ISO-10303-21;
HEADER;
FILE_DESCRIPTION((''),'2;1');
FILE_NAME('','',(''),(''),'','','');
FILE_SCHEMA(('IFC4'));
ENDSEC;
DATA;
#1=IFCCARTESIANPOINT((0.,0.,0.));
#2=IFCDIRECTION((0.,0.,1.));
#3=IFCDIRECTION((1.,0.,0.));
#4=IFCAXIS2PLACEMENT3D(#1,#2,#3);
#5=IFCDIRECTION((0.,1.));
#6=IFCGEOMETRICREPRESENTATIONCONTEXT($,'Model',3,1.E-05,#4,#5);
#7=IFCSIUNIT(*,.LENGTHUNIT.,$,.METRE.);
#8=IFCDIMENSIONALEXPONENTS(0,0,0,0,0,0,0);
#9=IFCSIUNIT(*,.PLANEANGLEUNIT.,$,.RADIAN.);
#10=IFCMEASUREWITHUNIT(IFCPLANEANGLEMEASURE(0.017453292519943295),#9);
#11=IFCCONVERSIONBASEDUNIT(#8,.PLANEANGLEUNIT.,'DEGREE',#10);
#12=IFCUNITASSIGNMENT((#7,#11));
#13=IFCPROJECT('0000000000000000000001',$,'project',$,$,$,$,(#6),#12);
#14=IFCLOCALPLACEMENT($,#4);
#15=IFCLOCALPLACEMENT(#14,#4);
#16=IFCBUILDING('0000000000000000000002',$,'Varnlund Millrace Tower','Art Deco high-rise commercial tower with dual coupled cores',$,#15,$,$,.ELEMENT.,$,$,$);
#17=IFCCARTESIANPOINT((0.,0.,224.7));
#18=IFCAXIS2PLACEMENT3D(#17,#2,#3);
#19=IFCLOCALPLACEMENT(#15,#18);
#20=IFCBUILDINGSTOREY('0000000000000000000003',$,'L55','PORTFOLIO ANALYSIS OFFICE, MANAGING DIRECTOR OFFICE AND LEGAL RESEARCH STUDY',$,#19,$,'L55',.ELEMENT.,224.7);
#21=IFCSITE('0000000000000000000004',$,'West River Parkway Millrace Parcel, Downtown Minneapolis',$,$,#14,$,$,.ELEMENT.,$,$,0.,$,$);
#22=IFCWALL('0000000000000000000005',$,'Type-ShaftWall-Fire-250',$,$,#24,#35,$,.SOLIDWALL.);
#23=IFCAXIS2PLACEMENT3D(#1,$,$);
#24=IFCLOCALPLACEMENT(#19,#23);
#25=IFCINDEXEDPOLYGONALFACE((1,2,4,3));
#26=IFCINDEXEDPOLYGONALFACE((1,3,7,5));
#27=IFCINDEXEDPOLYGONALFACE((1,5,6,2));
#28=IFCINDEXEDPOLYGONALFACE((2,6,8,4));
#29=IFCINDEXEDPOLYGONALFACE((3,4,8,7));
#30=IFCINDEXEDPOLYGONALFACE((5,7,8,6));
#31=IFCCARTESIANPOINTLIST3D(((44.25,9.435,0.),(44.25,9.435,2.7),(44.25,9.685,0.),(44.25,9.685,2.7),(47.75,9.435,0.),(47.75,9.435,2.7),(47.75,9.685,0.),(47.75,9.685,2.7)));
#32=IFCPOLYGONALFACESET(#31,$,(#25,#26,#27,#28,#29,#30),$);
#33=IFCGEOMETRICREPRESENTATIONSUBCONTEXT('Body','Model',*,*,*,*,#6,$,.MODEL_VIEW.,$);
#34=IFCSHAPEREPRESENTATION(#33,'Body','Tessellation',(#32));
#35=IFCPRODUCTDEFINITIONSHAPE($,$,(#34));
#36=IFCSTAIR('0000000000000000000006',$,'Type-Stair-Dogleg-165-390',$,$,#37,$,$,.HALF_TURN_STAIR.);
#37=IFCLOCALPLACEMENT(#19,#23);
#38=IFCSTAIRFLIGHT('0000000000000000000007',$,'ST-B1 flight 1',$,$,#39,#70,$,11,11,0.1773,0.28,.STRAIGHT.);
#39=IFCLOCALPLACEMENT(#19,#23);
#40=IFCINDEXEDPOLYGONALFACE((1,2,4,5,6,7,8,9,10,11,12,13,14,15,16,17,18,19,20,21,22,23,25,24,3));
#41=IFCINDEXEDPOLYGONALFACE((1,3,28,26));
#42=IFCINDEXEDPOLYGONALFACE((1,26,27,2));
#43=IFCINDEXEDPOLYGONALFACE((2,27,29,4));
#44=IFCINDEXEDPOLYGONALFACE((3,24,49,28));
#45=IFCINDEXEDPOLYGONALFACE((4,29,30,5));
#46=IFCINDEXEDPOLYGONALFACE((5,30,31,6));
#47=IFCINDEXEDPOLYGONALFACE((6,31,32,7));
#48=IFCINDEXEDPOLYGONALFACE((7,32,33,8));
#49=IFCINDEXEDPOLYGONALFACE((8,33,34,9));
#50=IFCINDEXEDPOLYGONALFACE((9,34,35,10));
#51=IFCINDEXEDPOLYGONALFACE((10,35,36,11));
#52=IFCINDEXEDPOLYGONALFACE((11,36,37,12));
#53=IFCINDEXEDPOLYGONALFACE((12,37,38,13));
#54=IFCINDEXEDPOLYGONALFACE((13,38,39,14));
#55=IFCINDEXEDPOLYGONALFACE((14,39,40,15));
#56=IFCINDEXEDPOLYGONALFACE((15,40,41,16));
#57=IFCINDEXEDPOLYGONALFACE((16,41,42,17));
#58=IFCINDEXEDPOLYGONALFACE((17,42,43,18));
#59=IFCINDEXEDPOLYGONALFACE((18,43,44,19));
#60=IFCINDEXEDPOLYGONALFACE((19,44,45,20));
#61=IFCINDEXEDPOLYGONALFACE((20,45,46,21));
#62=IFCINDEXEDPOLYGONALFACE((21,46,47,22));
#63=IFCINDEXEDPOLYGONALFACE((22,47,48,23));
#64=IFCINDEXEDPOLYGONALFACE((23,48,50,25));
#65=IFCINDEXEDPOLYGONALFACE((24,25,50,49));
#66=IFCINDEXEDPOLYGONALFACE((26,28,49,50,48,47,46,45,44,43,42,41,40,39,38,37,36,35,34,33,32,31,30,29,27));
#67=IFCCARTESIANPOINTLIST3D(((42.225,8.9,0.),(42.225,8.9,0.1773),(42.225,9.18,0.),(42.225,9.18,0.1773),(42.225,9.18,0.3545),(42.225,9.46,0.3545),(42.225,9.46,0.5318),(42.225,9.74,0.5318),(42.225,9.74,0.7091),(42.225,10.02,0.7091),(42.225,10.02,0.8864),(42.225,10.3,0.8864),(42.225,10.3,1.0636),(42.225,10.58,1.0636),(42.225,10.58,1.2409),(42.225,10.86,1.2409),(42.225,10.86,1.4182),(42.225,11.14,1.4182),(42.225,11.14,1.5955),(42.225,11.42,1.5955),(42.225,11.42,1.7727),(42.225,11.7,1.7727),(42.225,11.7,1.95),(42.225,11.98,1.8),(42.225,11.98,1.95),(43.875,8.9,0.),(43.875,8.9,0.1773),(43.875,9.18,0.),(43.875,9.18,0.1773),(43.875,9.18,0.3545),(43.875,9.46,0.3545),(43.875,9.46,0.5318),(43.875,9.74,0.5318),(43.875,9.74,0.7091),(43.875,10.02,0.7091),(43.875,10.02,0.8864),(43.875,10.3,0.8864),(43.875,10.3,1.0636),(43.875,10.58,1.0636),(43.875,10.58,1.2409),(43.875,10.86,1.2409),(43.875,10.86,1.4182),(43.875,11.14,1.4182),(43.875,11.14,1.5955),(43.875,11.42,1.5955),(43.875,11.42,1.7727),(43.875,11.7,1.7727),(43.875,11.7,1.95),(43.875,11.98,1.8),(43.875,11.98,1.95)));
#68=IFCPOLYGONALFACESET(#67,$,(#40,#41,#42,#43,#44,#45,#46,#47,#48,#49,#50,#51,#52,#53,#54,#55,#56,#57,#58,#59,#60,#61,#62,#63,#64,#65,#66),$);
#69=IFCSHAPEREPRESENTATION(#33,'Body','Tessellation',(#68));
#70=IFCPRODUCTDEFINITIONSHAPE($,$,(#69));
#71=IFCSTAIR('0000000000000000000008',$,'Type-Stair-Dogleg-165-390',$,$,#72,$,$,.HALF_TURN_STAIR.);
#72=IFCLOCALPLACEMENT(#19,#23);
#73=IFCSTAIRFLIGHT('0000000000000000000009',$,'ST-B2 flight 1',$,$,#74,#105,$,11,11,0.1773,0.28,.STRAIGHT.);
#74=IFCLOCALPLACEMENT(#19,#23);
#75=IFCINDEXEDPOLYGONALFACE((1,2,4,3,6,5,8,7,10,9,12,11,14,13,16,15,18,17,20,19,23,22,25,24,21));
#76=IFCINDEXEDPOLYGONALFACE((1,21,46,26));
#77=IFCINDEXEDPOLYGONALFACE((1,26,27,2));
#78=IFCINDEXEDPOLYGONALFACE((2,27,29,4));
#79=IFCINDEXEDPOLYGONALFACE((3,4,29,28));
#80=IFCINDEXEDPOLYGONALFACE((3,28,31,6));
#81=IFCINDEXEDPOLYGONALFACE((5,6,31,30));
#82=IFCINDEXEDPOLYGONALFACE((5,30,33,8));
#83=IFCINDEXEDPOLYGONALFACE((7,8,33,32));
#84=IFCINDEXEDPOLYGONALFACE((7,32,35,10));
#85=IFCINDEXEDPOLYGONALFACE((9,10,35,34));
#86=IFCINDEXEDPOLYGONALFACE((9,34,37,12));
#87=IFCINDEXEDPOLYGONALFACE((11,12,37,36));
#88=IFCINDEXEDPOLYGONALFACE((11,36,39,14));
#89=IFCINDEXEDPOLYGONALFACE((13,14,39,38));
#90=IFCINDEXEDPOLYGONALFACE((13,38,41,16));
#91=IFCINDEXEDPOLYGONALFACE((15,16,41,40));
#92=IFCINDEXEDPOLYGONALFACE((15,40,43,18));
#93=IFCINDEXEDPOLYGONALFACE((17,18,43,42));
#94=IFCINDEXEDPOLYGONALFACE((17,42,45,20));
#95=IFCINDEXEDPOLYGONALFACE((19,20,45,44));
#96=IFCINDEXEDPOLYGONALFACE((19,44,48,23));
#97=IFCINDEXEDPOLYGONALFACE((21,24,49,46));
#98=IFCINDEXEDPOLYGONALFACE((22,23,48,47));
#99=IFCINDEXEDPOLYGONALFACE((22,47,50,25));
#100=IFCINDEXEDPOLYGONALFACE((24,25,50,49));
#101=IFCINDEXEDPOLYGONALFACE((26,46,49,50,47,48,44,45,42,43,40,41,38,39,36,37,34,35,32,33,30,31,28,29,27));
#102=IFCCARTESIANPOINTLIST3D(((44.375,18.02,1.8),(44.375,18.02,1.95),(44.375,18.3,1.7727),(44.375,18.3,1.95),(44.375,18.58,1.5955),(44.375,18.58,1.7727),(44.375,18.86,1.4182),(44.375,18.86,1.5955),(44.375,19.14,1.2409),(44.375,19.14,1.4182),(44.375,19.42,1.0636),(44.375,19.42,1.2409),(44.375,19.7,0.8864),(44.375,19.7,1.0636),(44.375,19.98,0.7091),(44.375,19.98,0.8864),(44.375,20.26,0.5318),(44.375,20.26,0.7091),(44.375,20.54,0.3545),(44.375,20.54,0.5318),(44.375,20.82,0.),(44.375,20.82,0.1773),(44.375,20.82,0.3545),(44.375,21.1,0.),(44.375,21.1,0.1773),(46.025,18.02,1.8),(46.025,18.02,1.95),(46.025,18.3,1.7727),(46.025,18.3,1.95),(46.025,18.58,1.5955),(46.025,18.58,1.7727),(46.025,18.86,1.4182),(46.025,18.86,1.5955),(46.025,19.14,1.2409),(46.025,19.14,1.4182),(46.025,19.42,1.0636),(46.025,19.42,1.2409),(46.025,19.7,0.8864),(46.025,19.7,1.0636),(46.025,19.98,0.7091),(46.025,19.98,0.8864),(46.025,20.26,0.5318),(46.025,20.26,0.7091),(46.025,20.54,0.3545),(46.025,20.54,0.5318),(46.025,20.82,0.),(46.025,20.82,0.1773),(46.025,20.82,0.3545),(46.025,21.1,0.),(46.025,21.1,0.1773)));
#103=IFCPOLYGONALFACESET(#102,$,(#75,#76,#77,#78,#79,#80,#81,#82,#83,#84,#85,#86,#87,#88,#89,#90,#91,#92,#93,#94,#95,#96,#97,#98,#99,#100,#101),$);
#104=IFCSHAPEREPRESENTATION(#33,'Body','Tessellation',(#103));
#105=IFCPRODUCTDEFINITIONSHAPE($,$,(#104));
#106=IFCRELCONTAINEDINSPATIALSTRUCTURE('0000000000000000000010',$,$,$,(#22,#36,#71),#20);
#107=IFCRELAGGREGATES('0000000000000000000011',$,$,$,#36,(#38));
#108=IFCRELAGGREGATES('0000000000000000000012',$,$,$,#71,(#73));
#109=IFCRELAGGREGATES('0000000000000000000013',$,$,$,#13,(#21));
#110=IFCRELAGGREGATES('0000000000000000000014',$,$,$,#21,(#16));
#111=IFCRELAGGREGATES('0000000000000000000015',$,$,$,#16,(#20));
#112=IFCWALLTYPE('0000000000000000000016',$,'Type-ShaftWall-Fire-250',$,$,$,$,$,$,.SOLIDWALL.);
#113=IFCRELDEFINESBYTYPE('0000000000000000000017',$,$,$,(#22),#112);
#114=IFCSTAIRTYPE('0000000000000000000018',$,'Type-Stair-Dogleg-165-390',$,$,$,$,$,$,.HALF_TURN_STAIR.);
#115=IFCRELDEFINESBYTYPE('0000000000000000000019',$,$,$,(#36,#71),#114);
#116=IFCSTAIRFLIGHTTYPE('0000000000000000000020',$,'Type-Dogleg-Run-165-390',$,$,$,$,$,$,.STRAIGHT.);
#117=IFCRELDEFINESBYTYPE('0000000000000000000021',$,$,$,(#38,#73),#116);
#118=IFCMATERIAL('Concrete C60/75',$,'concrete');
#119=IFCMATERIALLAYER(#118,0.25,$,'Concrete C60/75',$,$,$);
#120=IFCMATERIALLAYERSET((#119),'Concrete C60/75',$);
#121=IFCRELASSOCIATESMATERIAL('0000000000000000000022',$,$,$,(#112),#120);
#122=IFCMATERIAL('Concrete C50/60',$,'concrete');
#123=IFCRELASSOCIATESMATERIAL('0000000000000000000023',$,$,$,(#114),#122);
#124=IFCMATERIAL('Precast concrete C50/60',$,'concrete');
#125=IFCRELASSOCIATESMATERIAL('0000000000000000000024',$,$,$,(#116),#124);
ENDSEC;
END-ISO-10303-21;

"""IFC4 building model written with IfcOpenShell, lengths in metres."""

from ifc_helpers import new_model, entity, si_unit, converted_unit, direction, frame, origin_with_axes, place, context, subcontext, project, spatial, polyline, outline, extrude, material, layer, layer_set, type_object, element, aggregate, save


model = new_model("IFC4")

# Units and contexts
model_context = context("Model", 3, precision=1e-05, world=origin_with_axes(), true_north=direction((0.0, 1.0)))
body_context = subcontext(model_context, "Body", "Model", "MODEL_VIEW")
ifc_project = project(units=[si_unit("LENGTHUNIT", "METRE"), converted_unit("PLANEANGLEUNIT", "DEGREE", entity("IfcPlaneAngleMeasure", 0.017453292519943295), si_unit("PLANEANGLEUNIT", "RADIAN"), dimensions=[0, 0, 0, 0, 0, 0, 0])], contexts=[model_context])

# Site, building, storey
site_placement = place(None, origin_with_axes())
site = spatial("IfcSite", under=ifc_project, at=site_placement, Name="West River Parkway Millrace Parcel, Downtown Minneapolis", CompositionType="ELEMENT", RefElevation=0.0)
building_placement = place(site_placement, origin_with_axes())
building = spatial("IfcBuilding", under=site, at=building_placement, Name="Varnlund Millrace Tower", Description="Art Deco high-rise commercial tower with dual coupled cores", CompositionType="ELEMENT")
storey_placement = place(building_placement, frame((0.0, 0.0, 224.7), z_axis=(0.0, 0.0, 1.0), x_axis=(1.0, 0.0, 0.0)))
storey = spatial("IfcBuildingStorey", under=building, at=storey_placement, Name="L55", Description="PORTFOLIO ANALYSIS OFFICE, MANAGING DIRECTOR OFFICE AND LEGAL RESEARCH STUDY", LongName="L55", CompositionType="ELEMENT", Elevation=224.7)

# Wall
ifc_material_1 = material(Name="Concrete C60/75", Category="concrete")
ifc_layer_1 = layer(ifc_material_1, 0.25, Name="Concrete C60/75")
ifc_layer_set_1 = layer_set([ifc_layer_1], Name="Concrete C60/75")
wall_type_1 = type_object("IfcWallType", Name="Type-ShaftWall-Fire-250", PredefinedType="SOLIDWALL", material=ifc_layer_set_1)
wall_1_placement = place(storey_placement, frame((44.25, 9.56, 0.0), z_axis=(0.0, 0.0, 1.0), x_axis=(1.0, 0.0, 0.0)))
element("IfcWall", 1, at=wall_1_placement, inside=storey, type_object=wall_type_1, Name="Type-ShaftWall-Fire-250", PredefinedType="SOLIDWALL", context=body_context, shape_type="SweptSolid", body=[
    extrude(outline(polyline([(0.0, -0.125), (3.5, -0.125), (3.5, 0.125), (0.0, 0.125), (0.0, -0.125)])), origin_with_axes(), (0.0, 0.0, 1.0), 2.7),
])

# Stairs, stair flights
ifc_material_2 = material(Name="Concrete C50/60", Category="concrete")
stair_type = type_object("IfcStairType", Name="Type-Stair-Dogleg-165-390", PredefinedType="HALF_TURN_STAIR", material=ifc_material_2)
stair_1_placement = place(storey_placement, origin_with_axes())
stair_1 = element("IfcStair", 2, at=stair_1_placement, inside=storey, type_object=stair_type, Name="Type-Stair-Dogleg-165-390", PredefinedType="HALF_TURN_STAIR")
ifc_material_3 = material(Name="Precast concrete C50/60", Category="concrete")
stair_flight_type = type_object("IfcStairFlightType", Name="Type-Dogleg-Run-165-390", PredefinedType="STRAIGHT", material=ifc_material_3)
stair_flight_1_placement = place(storey_placement, frame((42.225, 8.9, 0.0), z_axis=(1.0, 0.0, 0.0), x_axis=(0.0, 1.0, 0.0)))
stair_flight_1 = element("IfcStairFlight", 3, at=stair_flight_1_placement, type_object=stair_flight_type, Name="ST-B1 flight 1", NumberOfRisers=11, NumberOfTreads=11, PredefinedType="STRAIGHT", RiserHeight=0.1773, TreadLength=0.28, context=body_context, shape_type="SweptSolid", body=[
    extrude(outline(polyline([(0.0, 0.0), (0.0, 0.1773), (0.28, 0.1773), (0.28, 0.3545), (0.56, 0.3545), (0.56, 0.5318), (0.84, 0.5318), (0.84, 0.7091), (1.12, 0.7091), (1.12, 0.8864), (1.4, 0.8864), (1.4, 1.0636), (1.68, 1.0636), (1.68, 1.2409), (1.96, 1.2409), (1.96, 1.4182), (2.24, 1.4182), (2.24, 1.5955), (2.52, 1.5955), (2.52, 1.7727), (2.8, 1.7727), (2.8, 1.95), (3.08, 1.95), (3.08, 1.8), (0.28, 0.0), (0.0, 0.0)])), origin_with_axes(), (0.0, 0.0, 1.0), 1.65),
])
aggregate(stair_1, [stair_flight_1])
stair_2_placement = place(storey_placement, origin_with_axes())
stair_2 = element("IfcStair", 4, at=stair_2_placement, inside=storey, type_object=stair_type, Name="Type-Stair-Dogleg-165-390", PredefinedType="HALF_TURN_STAIR")
stair_flight_2_placement = place(storey_placement, frame((46.025, 21.1, 0.0), z_axis=(-1.0, 0.0, 0.0), x_axis=(0.0, -1.0, 0.0)))
stair_flight_2 = element("IfcStairFlight", 5, at=stair_flight_2_placement, type_object=stair_flight_type, Name="ST-B2 flight 1", NumberOfRisers=11, NumberOfTreads=11, PredefinedType="STRAIGHT", RiserHeight=0.1773, TreadLength=0.28, context=body_context, shape_type="SweptSolid", body=[
    extrude(outline(polyline([(0.0, 0.0), (0.0, 0.1773), (0.28, 0.1773), (0.28, 0.3545), (0.56, 0.3545), (0.56, 0.5318), (0.84, 0.5318), (0.84, 0.7091), (1.12, 0.7091), (1.12, 0.8864), (1.4, 0.8864), (1.4, 1.0636), (1.68, 1.0636), (1.68, 1.2409), (1.96, 1.2409), (1.96, 1.4182), (2.24, 1.4182), (2.24, 1.5955), (2.52, 1.5955), (2.52, 1.7727), (2.8, 1.7727), (2.8, 1.95), (3.08, 1.95), (3.08, 1.8), (0.28, 0.0), (0.0, 0.0)])), origin_with_axes(), (0.0, 0.0, 1.0), 1.65),
])
aggregate(stair_2, [stair_flight_2])

save(model, "model.ifc")
